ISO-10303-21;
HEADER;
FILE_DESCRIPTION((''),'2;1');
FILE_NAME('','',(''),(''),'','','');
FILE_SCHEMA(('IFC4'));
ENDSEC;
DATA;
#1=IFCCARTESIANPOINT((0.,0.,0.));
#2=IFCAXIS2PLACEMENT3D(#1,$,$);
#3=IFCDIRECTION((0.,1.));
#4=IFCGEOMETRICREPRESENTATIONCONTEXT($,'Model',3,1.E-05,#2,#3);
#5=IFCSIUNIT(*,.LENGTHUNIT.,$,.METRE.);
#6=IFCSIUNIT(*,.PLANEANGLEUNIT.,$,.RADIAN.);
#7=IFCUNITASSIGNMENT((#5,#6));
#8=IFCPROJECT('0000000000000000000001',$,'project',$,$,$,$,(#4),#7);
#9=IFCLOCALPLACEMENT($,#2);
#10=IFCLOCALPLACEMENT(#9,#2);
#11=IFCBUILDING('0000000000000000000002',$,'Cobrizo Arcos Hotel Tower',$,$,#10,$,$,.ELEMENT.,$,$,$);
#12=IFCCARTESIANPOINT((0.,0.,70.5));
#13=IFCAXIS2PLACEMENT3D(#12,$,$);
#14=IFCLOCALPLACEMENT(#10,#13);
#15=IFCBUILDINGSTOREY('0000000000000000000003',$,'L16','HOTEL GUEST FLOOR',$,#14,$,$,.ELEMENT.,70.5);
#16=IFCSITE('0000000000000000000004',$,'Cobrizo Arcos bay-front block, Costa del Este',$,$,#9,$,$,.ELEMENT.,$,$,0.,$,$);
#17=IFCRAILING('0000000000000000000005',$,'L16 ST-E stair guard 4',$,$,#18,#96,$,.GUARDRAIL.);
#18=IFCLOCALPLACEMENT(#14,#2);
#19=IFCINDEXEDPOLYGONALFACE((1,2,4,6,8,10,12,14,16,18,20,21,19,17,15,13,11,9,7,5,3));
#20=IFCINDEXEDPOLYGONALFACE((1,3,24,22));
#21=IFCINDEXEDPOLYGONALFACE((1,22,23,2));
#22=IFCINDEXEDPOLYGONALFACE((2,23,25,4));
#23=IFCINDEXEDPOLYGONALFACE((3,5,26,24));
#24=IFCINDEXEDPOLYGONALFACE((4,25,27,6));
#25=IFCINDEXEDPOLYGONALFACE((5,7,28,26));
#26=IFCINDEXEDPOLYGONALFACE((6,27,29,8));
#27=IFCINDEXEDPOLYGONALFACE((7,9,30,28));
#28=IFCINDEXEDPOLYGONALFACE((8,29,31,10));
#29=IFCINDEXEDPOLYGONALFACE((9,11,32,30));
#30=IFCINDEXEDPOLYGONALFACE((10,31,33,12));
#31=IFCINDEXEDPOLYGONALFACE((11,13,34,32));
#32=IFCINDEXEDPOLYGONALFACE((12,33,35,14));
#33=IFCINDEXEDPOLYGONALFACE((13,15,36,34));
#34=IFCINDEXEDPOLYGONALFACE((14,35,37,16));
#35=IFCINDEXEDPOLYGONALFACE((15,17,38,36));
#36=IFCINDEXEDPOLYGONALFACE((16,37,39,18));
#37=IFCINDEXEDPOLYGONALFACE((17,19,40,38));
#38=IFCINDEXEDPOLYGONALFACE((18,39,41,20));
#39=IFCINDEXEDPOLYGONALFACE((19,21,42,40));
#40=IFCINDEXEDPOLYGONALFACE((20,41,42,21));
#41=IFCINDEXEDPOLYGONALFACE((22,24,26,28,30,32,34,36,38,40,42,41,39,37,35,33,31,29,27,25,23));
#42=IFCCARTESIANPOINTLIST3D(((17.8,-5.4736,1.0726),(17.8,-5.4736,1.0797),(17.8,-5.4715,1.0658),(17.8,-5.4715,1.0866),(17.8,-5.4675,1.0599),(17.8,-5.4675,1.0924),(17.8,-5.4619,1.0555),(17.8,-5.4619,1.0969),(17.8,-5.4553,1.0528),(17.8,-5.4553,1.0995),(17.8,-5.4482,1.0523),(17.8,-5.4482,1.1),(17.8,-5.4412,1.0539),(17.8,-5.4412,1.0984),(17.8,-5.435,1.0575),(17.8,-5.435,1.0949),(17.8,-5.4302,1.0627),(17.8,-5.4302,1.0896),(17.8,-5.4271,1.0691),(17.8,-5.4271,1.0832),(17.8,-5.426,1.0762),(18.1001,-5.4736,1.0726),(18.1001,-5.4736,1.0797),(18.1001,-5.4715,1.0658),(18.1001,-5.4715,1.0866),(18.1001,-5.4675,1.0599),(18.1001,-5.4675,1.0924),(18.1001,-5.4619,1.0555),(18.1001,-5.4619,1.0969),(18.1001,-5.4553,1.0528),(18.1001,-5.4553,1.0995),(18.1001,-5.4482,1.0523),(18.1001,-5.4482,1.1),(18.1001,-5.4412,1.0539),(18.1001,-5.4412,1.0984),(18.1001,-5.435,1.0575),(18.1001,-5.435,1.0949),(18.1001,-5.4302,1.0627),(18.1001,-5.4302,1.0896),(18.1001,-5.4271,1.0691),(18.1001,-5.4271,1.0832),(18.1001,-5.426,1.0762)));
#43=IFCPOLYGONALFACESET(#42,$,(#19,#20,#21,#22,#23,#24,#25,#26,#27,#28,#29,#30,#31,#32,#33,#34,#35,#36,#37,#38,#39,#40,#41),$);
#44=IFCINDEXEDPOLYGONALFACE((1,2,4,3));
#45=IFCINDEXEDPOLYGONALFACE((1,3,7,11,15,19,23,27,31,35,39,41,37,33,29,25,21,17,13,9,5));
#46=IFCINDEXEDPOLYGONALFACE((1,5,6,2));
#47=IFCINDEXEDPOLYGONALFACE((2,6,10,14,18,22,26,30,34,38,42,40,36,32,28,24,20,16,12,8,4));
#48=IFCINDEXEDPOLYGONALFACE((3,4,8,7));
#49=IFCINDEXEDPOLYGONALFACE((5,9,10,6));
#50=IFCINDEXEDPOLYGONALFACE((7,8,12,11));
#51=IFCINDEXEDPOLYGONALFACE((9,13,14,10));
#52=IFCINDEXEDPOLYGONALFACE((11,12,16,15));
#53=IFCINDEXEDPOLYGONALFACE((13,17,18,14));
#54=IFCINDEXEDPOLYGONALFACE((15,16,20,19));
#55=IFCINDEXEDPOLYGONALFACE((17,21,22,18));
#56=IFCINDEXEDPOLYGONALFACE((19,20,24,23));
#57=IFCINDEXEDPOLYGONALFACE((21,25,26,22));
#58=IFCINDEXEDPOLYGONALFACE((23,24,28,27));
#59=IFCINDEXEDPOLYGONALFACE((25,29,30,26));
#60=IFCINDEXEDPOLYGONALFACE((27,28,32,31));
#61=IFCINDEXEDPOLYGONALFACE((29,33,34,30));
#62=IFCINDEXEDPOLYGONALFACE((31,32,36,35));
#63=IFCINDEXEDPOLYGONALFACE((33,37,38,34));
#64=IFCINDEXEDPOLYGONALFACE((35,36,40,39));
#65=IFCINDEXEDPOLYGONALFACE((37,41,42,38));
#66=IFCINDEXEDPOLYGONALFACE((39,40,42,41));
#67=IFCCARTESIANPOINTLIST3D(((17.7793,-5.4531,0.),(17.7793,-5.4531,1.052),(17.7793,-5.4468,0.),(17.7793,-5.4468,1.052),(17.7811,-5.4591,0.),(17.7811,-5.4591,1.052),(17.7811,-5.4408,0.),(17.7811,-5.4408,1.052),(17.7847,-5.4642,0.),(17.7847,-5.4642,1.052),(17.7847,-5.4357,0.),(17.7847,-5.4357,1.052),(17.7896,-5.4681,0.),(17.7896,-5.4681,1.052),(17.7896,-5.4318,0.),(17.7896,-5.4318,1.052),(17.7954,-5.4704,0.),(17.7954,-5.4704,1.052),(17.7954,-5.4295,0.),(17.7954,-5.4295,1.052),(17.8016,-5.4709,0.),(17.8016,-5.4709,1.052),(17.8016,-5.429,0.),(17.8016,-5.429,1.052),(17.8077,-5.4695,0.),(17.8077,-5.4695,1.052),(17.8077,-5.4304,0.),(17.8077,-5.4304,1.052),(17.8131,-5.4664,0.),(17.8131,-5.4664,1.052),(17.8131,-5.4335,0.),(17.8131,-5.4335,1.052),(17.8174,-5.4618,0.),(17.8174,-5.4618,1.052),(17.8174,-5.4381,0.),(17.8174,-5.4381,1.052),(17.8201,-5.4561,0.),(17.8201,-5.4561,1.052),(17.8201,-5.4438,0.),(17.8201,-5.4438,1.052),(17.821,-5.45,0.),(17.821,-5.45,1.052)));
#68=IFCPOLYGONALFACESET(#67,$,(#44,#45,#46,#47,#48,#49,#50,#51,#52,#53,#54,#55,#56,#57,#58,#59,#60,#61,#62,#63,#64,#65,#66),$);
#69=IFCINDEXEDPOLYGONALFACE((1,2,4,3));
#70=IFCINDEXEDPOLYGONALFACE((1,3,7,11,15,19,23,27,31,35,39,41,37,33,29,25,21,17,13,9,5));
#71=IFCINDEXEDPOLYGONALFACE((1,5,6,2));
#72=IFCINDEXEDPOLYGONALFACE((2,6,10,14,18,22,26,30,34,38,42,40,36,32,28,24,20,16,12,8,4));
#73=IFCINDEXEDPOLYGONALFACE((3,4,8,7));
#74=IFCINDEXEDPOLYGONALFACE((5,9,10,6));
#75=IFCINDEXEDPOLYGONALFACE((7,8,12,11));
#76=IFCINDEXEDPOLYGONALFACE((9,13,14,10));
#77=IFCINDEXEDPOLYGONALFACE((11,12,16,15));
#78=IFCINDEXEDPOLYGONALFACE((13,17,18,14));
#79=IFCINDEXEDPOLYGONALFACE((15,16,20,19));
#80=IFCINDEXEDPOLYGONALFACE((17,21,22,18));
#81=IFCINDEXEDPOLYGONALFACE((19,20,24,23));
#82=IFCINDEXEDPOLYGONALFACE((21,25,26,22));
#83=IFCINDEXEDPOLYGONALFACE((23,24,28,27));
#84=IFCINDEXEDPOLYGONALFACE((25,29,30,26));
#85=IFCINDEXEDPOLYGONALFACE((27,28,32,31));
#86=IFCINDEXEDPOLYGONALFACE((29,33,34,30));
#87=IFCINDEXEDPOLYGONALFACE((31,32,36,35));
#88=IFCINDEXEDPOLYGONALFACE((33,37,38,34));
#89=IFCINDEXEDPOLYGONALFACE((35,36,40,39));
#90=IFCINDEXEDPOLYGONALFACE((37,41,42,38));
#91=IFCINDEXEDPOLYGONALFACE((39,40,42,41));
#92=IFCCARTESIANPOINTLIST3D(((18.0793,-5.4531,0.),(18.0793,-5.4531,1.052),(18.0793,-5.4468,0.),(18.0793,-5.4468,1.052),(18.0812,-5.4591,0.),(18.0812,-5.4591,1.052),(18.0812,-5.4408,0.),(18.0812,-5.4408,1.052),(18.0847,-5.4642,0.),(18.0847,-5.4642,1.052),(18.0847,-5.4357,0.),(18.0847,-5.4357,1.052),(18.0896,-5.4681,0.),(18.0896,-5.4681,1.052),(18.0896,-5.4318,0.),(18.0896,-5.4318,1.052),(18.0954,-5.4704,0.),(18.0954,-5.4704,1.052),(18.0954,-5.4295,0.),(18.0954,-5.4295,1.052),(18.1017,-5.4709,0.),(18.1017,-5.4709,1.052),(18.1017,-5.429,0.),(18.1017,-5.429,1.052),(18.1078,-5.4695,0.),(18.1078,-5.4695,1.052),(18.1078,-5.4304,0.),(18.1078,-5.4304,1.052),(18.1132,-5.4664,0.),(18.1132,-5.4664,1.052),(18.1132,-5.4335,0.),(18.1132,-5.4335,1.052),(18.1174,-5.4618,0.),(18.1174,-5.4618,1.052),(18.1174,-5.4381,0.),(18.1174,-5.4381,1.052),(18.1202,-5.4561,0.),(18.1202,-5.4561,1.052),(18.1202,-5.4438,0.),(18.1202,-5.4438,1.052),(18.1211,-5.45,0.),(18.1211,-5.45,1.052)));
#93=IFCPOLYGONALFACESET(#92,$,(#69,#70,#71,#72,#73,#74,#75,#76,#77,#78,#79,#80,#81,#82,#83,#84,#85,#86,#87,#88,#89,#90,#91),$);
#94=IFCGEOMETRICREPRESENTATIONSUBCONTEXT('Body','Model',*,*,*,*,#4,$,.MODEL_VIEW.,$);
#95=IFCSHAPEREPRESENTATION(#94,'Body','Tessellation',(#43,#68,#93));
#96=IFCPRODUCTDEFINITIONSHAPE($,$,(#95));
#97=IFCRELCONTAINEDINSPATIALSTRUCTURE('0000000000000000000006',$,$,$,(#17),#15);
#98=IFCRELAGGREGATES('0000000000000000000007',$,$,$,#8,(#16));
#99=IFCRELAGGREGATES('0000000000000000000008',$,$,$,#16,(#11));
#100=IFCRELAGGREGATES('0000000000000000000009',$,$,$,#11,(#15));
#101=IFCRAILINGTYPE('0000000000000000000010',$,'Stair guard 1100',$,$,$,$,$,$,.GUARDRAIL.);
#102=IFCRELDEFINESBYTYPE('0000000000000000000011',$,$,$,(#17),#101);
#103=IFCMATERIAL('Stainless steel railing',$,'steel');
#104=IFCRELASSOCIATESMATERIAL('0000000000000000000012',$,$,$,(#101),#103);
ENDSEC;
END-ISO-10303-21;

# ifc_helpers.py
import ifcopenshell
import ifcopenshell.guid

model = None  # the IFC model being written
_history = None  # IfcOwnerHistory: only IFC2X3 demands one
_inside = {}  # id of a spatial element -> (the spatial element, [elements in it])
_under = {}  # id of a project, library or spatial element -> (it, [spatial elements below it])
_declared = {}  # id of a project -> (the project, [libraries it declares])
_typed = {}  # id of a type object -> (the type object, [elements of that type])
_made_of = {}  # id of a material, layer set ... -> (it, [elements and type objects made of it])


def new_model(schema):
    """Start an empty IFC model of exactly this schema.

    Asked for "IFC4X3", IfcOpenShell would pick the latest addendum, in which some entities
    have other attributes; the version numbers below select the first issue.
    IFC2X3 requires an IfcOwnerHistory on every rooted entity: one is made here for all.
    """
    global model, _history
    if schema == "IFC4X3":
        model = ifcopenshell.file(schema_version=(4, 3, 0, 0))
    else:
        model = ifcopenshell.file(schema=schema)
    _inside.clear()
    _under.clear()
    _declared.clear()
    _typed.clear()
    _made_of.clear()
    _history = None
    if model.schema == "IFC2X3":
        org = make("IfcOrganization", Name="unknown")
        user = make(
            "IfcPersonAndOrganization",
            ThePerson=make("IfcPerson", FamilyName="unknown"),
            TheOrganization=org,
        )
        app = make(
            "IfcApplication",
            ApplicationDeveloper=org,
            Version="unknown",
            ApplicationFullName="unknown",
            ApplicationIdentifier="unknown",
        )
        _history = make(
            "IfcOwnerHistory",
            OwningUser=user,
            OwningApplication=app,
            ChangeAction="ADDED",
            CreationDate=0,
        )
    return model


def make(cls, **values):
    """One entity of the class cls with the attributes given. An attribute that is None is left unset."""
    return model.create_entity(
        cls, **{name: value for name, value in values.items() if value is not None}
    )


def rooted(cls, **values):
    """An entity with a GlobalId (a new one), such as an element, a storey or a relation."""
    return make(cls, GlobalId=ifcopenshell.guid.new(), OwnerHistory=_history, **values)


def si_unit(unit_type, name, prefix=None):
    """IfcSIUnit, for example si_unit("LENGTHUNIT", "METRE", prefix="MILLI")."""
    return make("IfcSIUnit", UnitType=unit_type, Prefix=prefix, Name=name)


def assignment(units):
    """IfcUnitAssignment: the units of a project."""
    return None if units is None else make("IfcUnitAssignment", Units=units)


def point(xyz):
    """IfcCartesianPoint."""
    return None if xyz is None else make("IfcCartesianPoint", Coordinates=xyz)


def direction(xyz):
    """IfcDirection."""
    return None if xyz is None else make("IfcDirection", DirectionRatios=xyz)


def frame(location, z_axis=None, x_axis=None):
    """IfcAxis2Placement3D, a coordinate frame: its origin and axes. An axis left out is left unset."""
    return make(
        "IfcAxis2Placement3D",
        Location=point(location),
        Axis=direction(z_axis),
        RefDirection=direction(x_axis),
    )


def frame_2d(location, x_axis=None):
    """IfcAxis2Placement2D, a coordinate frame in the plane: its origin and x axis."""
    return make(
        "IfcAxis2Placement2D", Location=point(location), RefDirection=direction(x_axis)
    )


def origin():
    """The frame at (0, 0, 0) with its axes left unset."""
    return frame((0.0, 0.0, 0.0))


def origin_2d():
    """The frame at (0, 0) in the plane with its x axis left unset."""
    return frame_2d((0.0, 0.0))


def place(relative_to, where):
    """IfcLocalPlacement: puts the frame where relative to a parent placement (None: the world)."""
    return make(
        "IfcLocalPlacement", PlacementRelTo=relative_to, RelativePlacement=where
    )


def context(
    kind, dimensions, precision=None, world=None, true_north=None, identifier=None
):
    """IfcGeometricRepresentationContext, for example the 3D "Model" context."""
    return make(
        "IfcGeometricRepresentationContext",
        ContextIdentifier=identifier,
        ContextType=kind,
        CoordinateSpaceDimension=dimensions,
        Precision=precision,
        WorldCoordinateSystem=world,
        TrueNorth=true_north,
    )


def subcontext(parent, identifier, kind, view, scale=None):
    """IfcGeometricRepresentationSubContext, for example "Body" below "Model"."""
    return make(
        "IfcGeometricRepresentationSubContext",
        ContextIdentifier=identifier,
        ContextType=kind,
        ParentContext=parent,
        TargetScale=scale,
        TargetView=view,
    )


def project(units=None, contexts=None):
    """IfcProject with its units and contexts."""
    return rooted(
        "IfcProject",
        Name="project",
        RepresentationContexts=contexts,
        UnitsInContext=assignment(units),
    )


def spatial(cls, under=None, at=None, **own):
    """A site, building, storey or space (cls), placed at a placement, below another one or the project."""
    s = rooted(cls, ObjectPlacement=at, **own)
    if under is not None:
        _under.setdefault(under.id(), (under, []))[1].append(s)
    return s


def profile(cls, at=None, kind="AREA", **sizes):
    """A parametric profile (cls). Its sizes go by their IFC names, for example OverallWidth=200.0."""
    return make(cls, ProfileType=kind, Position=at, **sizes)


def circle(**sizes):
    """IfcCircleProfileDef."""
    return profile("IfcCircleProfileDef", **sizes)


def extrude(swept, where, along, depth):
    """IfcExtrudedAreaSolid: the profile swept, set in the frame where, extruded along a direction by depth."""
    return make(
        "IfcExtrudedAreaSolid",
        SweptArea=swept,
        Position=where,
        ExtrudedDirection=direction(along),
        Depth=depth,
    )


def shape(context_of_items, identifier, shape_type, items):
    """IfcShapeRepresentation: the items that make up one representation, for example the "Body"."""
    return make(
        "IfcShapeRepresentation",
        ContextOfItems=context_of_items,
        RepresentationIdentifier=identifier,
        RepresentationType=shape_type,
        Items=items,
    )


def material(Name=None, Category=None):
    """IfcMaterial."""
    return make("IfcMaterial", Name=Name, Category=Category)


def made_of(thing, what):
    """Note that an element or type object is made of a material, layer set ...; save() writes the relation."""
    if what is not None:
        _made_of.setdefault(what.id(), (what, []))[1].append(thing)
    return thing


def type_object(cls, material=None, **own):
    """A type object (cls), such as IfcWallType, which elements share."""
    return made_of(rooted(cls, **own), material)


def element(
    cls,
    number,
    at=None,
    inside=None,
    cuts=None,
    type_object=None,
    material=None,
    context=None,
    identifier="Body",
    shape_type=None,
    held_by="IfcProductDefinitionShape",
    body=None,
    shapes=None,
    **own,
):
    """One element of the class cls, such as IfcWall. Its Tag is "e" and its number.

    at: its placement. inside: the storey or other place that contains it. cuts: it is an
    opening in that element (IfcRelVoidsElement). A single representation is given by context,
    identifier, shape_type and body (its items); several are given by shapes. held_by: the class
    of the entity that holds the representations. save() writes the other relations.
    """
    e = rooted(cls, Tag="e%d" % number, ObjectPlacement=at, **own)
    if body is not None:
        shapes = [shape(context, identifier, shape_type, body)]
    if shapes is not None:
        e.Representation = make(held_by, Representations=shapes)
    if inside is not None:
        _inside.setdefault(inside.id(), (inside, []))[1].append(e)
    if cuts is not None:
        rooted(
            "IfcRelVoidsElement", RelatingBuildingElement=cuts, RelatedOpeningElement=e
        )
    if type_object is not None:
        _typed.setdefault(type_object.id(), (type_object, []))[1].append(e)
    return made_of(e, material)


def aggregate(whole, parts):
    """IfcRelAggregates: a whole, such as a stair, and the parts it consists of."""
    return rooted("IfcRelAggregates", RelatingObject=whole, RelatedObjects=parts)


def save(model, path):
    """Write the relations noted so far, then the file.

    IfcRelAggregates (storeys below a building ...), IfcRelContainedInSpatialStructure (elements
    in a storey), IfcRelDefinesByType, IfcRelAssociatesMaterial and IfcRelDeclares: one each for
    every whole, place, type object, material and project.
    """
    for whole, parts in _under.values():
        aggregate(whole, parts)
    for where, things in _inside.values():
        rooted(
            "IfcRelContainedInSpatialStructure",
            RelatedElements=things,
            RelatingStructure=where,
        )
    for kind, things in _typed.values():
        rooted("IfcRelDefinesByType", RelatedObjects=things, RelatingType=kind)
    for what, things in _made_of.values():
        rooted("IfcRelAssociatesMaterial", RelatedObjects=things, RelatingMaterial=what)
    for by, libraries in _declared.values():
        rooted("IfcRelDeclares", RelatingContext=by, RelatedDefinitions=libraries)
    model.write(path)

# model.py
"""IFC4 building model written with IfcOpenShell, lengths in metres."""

from ifc_helpers import new_model, si_unit, direction, frame, origin, origin_2d, place, context, subcontext, project, spatial, circle, extrude, material, type_object, element, save


model = new_model("IFC4")

# Units and contexts
model_context = context("Model", 3, precision=1e-05, world=origin(), true_north=direction((0.0, 1.0)))
body_context = subcontext(model_context, "Body", "Model", "MODEL_VIEW")
ifc_project = project(units=[si_unit("LENGTHUNIT", "METRE"), si_unit("PLANEANGLEUNIT", "RADIAN")], contexts=[model_context])

# Site, building, storey
site_placement = place(None, origin())
site = spatial("IfcSite", under=ifc_project, at=site_placement, Name="Cobrizo Arcos bay-front block, Costa del Este", CompositionType="ELEMENT", RefElevation=0.0)
building_placement = place(site_placement, origin())
building = spatial("IfcBuilding", under=site, at=building_placement, Name="Cobrizo Arcos Hotel Tower", CompositionType="ELEMENT")
storey_placement = place(building_placement, frame((0.0, 0.0, 70.5)))
storey = spatial("IfcBuildingStorey", under=building, at=storey_placement, Name="L16", Description="HOTEL GUEST FLOOR", CompositionType="ELEMENT", Elevation=70.5)

# Railing
ifc_material_1 = material(Name="Stainless steel railing", Category="steel")
railing_type_1 = type_object("IfcRailingType", Name="Stair guard 1100", PredefinedType="GUARDRAIL", material=ifc_material_1)
railing_1_placement = place(storey_placement, frame((17.8, -5.45, 0.0)))
element("IfcRailing", 1, at=railing_1_placement, inside=storey, type_object=railing_type_1, Name="L16 ST-E stair guard 4", PredefinedType="GUARDRAIL", context=body_context, shape_type="SweptSolid", body=[
    extrude(circle(Radius=0.0239, at=origin_2d()), frame((0.0, 0.0, 1.0762), z_axis=(1.0, 0.0, 0.0), x_axis=(0.0, 1.0, 0.0)), (0.0, 0.0, 1.0), 0.3),
    extrude(circle(Radius=0.021, at=origin_2d()), origin(), (0.0, 0.0, 1.0), 1.052),
    extrude(circle(Radius=0.021, at=origin_2d()), frame((0.3, 0.0, 0.0)), (0.0, 0.0, 1.0), 1.052),
])

save(model, "model.ifc")
